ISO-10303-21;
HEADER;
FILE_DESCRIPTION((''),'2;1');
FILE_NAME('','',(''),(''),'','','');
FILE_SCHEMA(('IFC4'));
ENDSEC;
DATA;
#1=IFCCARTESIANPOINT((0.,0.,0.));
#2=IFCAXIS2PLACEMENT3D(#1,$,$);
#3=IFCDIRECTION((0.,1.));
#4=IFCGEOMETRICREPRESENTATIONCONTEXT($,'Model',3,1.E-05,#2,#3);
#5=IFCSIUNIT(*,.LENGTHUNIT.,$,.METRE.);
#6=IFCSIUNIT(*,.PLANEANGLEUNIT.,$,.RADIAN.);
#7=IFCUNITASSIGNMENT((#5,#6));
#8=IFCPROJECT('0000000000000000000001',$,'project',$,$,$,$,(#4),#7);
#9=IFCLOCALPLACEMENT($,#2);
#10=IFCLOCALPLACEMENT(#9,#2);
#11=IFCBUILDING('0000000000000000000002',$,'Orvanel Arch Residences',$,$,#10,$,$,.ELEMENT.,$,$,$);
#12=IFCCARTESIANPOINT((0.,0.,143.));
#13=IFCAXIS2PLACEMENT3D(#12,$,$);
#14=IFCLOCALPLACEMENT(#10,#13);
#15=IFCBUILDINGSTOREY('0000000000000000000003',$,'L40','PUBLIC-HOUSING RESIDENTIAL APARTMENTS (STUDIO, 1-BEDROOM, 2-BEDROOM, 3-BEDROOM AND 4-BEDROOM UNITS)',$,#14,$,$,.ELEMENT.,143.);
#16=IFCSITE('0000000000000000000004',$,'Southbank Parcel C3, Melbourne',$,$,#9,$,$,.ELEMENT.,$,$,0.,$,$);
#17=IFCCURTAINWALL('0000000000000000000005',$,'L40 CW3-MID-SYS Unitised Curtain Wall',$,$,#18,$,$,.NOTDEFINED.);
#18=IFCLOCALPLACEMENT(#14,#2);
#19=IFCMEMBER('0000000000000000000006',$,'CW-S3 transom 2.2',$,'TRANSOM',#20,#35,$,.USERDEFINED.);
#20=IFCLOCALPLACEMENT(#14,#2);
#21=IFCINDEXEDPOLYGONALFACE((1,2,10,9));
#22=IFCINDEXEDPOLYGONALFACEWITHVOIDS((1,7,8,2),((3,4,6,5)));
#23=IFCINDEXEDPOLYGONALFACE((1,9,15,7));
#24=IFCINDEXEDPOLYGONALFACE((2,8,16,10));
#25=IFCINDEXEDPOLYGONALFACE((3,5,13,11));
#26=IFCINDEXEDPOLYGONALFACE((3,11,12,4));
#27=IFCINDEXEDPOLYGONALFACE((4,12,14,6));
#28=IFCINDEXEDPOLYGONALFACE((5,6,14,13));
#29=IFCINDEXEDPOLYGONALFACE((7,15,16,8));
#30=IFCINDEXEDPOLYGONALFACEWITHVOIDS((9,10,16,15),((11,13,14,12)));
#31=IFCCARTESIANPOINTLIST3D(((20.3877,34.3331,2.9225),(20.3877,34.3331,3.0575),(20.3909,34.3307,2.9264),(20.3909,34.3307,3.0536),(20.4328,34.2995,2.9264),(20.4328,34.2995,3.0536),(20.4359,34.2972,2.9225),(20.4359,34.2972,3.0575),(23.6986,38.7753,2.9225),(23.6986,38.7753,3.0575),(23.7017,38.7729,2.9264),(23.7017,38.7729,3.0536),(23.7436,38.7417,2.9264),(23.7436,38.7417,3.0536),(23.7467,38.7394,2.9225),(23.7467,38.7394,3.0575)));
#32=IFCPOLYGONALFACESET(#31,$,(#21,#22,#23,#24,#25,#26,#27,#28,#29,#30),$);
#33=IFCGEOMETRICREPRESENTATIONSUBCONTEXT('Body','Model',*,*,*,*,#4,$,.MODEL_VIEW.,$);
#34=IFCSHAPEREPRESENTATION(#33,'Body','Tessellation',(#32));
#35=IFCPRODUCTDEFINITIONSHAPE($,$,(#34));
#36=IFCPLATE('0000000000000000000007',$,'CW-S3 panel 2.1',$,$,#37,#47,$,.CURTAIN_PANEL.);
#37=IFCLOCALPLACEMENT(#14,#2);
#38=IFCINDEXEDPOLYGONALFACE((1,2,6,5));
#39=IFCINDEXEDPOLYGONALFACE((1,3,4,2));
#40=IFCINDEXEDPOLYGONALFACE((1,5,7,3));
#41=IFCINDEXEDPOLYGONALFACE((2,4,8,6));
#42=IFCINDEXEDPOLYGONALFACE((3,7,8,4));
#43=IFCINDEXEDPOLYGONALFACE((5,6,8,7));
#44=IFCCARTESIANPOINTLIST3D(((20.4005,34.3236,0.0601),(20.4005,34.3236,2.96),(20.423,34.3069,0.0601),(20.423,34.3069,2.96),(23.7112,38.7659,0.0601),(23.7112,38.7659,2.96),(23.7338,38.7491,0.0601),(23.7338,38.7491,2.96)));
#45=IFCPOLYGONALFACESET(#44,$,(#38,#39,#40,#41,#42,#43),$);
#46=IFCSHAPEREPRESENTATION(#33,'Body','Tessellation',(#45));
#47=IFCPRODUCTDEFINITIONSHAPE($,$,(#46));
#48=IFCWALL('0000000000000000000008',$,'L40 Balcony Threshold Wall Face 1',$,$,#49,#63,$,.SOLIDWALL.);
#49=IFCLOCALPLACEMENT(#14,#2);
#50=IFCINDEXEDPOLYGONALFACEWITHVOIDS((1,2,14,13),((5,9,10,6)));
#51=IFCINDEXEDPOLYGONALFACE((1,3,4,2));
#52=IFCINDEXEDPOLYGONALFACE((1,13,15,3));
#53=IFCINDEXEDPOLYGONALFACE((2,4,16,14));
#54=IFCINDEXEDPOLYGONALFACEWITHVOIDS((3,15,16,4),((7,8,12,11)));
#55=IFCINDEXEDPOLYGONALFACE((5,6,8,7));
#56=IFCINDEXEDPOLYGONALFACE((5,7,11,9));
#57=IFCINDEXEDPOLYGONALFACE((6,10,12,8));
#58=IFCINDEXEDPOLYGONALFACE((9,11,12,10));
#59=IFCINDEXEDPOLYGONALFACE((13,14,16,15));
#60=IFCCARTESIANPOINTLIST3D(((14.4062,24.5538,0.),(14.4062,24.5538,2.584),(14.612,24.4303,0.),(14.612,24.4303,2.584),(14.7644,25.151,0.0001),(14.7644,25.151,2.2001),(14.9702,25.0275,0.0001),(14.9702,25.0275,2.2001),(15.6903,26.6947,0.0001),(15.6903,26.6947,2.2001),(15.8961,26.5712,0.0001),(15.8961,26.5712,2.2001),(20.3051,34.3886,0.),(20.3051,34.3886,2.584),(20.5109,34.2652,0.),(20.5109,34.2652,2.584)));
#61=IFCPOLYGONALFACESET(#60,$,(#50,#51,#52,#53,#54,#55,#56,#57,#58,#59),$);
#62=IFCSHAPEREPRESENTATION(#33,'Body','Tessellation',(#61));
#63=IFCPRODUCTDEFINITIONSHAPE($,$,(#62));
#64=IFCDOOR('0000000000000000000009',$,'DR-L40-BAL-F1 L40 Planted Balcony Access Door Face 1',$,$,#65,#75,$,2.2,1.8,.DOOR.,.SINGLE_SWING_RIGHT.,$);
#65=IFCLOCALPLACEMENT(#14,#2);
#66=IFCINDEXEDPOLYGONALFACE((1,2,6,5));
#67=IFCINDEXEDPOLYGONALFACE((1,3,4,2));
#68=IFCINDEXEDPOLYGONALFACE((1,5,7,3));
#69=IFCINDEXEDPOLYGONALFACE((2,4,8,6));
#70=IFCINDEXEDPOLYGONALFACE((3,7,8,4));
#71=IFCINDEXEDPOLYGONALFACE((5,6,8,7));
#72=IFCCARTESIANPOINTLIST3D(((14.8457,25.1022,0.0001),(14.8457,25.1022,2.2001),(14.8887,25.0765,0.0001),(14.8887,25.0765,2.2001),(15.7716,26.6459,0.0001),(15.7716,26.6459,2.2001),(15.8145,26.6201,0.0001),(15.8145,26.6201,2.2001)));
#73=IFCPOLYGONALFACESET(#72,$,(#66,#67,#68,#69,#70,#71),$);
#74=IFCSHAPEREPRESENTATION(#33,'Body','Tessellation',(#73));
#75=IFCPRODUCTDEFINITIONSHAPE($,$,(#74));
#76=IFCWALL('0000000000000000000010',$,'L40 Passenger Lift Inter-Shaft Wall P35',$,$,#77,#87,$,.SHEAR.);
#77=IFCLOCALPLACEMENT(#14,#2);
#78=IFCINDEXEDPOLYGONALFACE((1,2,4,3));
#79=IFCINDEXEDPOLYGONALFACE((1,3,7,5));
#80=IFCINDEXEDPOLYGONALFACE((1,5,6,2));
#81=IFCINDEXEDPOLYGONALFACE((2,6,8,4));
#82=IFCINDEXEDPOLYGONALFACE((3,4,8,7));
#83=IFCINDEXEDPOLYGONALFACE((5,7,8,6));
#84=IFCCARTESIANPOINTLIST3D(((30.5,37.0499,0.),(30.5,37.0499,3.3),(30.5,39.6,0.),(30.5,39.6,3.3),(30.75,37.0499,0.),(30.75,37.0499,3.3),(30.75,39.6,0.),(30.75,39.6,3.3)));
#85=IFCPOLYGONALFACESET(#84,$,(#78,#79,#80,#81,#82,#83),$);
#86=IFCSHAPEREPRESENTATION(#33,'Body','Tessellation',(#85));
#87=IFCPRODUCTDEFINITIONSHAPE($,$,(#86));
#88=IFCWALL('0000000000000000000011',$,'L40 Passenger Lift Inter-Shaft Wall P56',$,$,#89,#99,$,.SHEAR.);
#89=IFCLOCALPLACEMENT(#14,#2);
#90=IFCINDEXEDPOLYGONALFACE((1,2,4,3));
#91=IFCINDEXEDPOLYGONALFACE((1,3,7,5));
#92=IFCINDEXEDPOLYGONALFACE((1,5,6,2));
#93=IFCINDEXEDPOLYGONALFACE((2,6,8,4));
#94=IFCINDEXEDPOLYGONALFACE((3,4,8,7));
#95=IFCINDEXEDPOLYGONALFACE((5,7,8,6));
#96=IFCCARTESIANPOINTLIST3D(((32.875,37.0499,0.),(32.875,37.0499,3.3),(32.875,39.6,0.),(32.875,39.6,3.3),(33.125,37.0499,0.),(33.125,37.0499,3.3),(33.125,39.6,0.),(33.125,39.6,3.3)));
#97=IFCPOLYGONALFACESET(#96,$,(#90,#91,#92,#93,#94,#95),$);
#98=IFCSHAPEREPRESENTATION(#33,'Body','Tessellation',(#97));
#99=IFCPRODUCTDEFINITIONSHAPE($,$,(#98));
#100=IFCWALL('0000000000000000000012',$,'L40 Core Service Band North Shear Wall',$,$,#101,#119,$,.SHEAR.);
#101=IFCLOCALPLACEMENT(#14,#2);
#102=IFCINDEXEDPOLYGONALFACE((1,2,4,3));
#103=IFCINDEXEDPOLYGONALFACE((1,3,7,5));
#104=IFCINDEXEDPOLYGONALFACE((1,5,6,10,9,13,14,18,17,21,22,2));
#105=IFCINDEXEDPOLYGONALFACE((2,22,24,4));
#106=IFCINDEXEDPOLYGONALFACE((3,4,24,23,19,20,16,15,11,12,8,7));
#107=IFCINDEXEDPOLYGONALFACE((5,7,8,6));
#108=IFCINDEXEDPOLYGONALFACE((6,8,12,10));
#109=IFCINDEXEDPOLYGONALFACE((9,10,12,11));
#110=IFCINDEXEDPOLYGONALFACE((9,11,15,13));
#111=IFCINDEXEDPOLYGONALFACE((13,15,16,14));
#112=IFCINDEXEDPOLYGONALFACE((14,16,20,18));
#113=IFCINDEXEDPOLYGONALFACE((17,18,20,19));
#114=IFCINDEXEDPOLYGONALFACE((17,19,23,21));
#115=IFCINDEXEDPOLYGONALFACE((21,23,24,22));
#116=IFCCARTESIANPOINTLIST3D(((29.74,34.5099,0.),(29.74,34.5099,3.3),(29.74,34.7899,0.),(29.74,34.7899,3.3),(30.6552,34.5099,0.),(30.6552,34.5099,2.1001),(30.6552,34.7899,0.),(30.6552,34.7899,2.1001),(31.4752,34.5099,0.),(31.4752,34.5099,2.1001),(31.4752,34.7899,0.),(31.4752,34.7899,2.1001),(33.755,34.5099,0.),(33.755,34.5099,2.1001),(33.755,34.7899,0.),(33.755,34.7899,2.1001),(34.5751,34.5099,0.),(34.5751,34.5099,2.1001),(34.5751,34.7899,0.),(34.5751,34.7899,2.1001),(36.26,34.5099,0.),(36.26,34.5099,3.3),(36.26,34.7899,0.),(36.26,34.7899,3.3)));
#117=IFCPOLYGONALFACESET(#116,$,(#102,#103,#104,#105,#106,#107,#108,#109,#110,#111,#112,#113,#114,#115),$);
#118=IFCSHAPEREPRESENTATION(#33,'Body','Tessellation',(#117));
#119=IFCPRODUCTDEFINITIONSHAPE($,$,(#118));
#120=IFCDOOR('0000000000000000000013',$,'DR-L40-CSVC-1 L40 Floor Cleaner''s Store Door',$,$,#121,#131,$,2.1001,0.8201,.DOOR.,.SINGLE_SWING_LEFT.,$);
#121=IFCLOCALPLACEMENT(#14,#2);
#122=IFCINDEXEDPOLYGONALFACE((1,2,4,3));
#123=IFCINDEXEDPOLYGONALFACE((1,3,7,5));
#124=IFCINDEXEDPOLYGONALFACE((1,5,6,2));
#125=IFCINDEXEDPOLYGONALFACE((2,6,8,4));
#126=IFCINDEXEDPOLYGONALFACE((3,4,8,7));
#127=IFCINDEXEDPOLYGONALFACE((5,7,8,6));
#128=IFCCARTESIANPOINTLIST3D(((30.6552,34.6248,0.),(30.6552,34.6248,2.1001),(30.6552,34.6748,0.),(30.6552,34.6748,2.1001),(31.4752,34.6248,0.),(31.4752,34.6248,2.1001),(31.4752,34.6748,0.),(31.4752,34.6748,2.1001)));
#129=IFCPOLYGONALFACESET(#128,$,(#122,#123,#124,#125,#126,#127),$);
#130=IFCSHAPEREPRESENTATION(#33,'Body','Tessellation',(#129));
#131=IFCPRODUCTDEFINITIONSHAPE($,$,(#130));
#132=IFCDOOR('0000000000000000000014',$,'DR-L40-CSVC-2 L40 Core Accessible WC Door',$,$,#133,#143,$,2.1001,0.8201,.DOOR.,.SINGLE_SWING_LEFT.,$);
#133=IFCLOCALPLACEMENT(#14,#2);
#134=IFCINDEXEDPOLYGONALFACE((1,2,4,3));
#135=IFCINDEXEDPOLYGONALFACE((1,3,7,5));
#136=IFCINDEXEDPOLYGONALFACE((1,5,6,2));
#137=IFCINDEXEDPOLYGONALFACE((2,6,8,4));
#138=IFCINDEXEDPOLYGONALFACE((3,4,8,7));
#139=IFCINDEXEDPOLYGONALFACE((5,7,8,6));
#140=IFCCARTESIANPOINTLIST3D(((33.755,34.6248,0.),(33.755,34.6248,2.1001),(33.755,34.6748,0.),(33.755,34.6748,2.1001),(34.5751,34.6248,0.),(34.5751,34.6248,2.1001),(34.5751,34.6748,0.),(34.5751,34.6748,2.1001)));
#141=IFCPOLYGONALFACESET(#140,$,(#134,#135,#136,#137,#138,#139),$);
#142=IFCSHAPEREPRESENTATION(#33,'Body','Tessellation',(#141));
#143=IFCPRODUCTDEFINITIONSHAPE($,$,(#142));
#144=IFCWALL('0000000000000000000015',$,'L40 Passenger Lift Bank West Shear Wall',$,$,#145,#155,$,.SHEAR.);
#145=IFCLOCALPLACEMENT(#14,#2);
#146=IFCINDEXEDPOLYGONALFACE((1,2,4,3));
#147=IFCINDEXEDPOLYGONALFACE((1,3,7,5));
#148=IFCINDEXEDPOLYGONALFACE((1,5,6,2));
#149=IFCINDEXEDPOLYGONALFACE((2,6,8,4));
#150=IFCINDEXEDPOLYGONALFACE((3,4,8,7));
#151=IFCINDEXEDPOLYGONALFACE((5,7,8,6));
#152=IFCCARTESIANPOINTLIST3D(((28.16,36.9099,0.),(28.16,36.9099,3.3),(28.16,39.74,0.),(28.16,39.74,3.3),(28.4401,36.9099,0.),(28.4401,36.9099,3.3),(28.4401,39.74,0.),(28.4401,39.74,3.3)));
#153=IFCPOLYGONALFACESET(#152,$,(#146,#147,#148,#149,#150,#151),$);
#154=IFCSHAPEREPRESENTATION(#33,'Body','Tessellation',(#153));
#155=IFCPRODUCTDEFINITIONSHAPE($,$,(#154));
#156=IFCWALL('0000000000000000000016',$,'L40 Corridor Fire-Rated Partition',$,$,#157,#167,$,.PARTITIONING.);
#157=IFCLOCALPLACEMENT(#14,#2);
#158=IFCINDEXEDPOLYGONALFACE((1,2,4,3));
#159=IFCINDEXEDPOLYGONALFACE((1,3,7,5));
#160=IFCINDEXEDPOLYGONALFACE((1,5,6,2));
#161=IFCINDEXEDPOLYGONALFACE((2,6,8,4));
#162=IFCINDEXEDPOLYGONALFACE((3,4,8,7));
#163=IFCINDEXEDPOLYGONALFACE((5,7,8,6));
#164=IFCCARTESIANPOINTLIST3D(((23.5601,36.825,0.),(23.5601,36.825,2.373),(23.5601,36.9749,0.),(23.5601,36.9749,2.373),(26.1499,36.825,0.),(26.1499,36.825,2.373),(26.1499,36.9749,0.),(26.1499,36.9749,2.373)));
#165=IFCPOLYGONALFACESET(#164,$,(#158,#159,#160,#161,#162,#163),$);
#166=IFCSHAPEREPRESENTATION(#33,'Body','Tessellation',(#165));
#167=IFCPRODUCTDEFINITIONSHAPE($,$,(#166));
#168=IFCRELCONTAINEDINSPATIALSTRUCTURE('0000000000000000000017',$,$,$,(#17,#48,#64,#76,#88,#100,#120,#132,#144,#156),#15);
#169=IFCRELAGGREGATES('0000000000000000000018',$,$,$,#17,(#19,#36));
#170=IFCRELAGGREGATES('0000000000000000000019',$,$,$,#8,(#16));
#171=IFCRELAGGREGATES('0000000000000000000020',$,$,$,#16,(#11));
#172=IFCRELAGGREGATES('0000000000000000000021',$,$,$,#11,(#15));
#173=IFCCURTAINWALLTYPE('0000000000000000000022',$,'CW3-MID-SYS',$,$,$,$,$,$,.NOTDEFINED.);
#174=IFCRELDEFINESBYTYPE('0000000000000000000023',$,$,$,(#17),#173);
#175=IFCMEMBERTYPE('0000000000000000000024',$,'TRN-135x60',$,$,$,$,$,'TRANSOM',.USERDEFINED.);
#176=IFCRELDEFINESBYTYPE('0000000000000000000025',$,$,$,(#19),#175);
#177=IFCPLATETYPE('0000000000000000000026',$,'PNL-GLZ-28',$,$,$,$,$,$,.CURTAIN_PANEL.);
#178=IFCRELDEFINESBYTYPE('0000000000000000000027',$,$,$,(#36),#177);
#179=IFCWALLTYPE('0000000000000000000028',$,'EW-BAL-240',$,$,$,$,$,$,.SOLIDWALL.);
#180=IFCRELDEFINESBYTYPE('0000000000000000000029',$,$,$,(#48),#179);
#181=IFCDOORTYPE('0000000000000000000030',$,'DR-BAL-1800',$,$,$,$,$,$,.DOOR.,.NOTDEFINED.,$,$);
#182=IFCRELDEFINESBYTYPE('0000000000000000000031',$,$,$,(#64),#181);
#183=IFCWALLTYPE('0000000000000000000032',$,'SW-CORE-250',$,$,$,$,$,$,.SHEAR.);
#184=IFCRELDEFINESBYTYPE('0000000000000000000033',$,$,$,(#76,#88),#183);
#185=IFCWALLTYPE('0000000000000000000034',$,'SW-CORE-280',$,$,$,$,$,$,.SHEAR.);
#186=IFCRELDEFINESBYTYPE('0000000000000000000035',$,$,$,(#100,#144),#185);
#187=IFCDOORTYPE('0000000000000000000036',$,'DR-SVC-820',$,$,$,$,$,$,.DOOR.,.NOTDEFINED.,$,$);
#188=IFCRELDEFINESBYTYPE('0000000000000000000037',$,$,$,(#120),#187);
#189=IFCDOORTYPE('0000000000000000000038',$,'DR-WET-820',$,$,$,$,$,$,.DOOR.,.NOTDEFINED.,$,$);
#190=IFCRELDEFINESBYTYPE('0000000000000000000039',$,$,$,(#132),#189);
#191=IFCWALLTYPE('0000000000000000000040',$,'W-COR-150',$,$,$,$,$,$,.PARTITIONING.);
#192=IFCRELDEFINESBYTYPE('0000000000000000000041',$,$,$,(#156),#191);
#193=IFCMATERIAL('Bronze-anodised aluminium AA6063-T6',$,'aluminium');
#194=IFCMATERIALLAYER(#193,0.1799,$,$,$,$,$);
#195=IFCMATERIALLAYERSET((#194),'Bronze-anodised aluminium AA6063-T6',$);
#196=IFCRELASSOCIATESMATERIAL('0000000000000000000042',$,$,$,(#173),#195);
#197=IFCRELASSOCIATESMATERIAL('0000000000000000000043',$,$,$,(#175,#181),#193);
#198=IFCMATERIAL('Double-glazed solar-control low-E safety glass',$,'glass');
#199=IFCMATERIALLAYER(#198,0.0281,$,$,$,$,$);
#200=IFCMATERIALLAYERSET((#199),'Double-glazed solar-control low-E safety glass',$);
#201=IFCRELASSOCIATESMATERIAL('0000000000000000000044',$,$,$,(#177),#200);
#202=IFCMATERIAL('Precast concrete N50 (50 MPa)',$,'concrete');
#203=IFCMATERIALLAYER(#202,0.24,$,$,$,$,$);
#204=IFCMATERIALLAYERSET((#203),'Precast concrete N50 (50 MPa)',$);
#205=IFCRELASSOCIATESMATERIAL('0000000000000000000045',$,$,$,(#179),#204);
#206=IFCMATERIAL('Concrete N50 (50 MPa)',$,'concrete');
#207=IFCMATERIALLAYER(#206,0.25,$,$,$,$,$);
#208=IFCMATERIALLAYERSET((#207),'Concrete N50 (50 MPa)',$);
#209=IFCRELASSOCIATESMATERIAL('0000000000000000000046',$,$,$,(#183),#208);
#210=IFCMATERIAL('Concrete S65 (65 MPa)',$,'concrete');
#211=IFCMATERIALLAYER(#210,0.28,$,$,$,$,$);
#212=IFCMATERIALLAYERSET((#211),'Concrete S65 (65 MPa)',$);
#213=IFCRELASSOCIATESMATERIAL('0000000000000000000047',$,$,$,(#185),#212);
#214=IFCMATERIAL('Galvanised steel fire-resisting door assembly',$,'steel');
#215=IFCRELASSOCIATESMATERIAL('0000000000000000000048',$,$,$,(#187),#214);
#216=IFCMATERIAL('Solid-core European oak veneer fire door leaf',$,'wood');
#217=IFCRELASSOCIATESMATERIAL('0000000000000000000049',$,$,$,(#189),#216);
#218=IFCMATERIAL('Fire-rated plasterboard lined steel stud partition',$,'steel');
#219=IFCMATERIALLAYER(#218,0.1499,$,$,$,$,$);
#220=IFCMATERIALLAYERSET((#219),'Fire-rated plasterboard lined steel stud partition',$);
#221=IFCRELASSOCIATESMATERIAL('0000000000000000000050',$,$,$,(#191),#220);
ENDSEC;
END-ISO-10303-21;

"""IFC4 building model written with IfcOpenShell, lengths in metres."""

from ifc_helpers import new_model, si_unit, direction, frame, frame_2d, origin, origin_2d, place, context, subcontext, project, spatial, rectangle, hollow_rectangle, extrude, material, layer, layer_set, material_profile, profile_set, type_object, element, fill, aggregate, save


model = new_model("IFC4")

# Units and contexts
model_context = context("Model", 3, precision=1e-05, world=origin(), true_north=direction((0.0, 1.0)))
body_context = subcontext(model_context, "Body", "Model", "MODEL_VIEW")
ifc_project = project(units=[si_unit("LENGTHUNIT", "METRE"), si_unit("PLANEANGLEUNIT", "RADIAN")], contexts=[model_context])

# Site, building, storey
site_placement = place(None, origin())
site = spatial("IfcSite", under=ifc_project, at=site_placement, Name="Southbank Parcel C3, Melbourne", CompositionType="ELEMENT", RefElevation=0.0)
building_placement = place(site_placement, origin())
building = spatial("IfcBuilding", under=site, at=building_placement, Name="Orvanel Arch Residences", CompositionType="ELEMENT")
storey_placement = place(building_placement, frame((0.0, 0.0, 143.0)))
storey = spatial("IfcBuildingStorey", under=building, at=storey_placement, Name="L40", Description="PUBLIC-HOUSING RESIDENTIAL APARTMENTS (STUDIO, 1-BEDROOM, 2-BEDROOM, 3-BEDROOM AND 4-BEDROOM UNITS)", CompositionType="ELEMENT", Elevation=143.0)

# Shared definitions
ifc_material_1 = material(Name="Concrete S65 (65 MPa)", Category="concrete")

# Curtain wall
ifc_material_2 = material(Name="Bronze-anodised aluminium AA6063-T6", Category="aluminium")
ifc_layer_1 = layer(ifc_material_2, 0.1799)
ifc_layer_set_1 = layer_set([ifc_layer_1], Name="Bronze-anodised aluminium AA6063-T6")
curtain_wall_type = type_object("IfcCurtainWallType", Name="CW3-MID-SYS", PredefinedType="NOTDEFINED", material=ifc_layer_set_1)
curtain_wall_placement = place(storey_placement, origin())
curtain_wall = element("IfcCurtainWall", 1, at=curtain_wall_placement, inside=storey, type_object=curtain_wall_type, Name="L40 CW3-MID-SYS Unitised Curtain Wall", PredefinedType="NOTDEFINED")

# Member
ifc_material_profile_1 = material_profile(ifc_material_2, hollow_rectangle(XDim=0.0601, YDim=0.135, WallThickness=0.0039, at=origin_2d()), Name="ALU135x60x4")
ifc_profile_set_1 = profile_set([ifc_material_profile_1], Name="Bronze-anodised aluminium AA6063-T6")
member_type_1 = type_object("IfcMemberType", Name="TRN-135x60", ElementType="TRANSOM", PredefinedType="USERDEFINED", material=ifc_profile_set_1)
member_1_placement = place(storey_placement, frame((23.7227, 38.7573, 2.99), z_axis=(-0.597593, -0.8018, 0.0), x_axis=(0.8018, -0.597593, 0.0)))
member_1 = element("IfcMember", 2, at=member_1_placement, type_object=member_type_1, Name="CW-S3 transom 2.2", ObjectType="TRANSOM", PredefinedType="USERDEFINED", context=body_context, shape_type="SweptSolid", body=[
    extrude(hollow_rectangle(XDim=0.0601, YDim=0.135, WallThickness=0.0039, at=origin_2d()), origin(), (0.0, 0.0, 1.0), 5.5403),
])

# Plate
ifc_material_3 = material(Name="Double-glazed solar-control low-E safety glass", Category="glass")
ifc_layer_2 = layer(ifc_material_3, 0.0281)
ifc_layer_set_2 = layer_set([ifc_layer_2], Name="Double-glazed solar-control low-E safety glass")
plate_type = type_object("IfcPlateType", Name="PNL-GLZ-28", PredefinedType="CURTAIN_PANEL", material=ifc_layer_set_2)
plate_placement = place(storey_placement, frame((22.0671, 36.5364, 0.0601), z_axis=(0.0, 0.0, 1.0), x_axis=(-0.597574, -0.801814, 0.0)))
plate = element("IfcPlate", 3, at=plate_placement, type_object=plate_type, Name="CW-S3 panel 2.1", PredefinedType="CURTAIN_PANEL", context=body_context, shape_type="SweptSolid", body=[
    extrude(rectangle(XDim=5.5403, YDim=0.0281, at=origin_2d()), origin(), (0.0, 0.0, 1.0), 2.8999),
])
aggregate(curtain_wall, [member_1, plate])

# Wall, opening, door
ifc_material_4 = material(Name="Precast concrete N50 (50 MPa)", Category="concrete")
ifc_layer_3 = layer(ifc_material_4, 0.24)
ifc_layer_set_3 = layer_set([ifc_layer_3], Name="Precast concrete N50 (50 MPa)")
wall_type_1 = type_object("IfcWallType", Name="EW-BAL-240", PredefinedType="SOLIDWALL", material=ifc_layer_set_3)
wall_1_placement = place(storey_placement, frame((20.408, 34.3269, 0.0), z_axis=(0.0, 0.0, 1.0), x_axis=(-0.514364, -0.857572, 0.0)))
wall_1 = element("IfcWall", 4, at=wall_1_placement, inside=storey, type_object=wall_type_1, Name="L40 Balcony Threshold Wall Face 1", PredefinedType="SOLIDWALL", context=body_context, shape_type="SweptSolid", body=[
    extrude(rectangle(XDim=11.4683, YDim=0.24, at=frame_2d((5.7341, 0.0))), origin(), (0.0, 0.0, 1.0), 2.584),
])
opening_1_placement = place(wall_1_placement, frame((8.9719, 0.0, 0.0)))
opening_1 = element("IfcOpeningElement", 5, at=opening_1_placement, cuts=wall_1, PredefinedType="OPENING", context=body_context, shape_type="SweptSolid", body=[
    extrude(rectangle(XDim=1.8, YDim=2.2, at=frame_2d((0.8999, 1.1001))), frame((0.0, 0.1299, 0.0), z_axis=(0.0, -1.0, 0.0), x_axis=(1.0, 0.0, 0.0)), (0.0, 0.0, 1.0), 0.26),
])
door_type_1 = type_object("IfcDoorType", Name="DR-BAL-1800", OperationType="NOTDEFINED", PredefinedType="DOOR", material=ifc_material_2)
door_1_placement = place(opening_1_placement, origin())
door_1 = element("IfcDoor", 6, at=door_1_placement, inside=storey, type_object=door_type_1, Name="DR-L40-BAL-F1 L40 Planted Balcony Access Door Face 1", OperationType="SINGLE_SWING_RIGHT", OverallHeight=2.2, OverallWidth=1.8, PredefinedType="DOOR", context=body_context, shape_type="SweptSolid", body=[
    extrude(rectangle(XDim=1.8, YDim=2.2, at=frame_2d((0.8999, 1.1001))), frame((0.0, 0.0249, 0.0), z_axis=(0.0, -1.0, 0.0), x_axis=(1.0, 0.0, 0.0)), (0.0, 0.0, 1.0), 0.05),
])
fill(opening_1, door_1)

# Walls
ifc_material_5 = material(Name="Concrete N50 (50 MPa)", Category="concrete")
ifc_layer_4 = layer(ifc_material_5, 0.25)
ifc_layer_set_4 = layer_set([ifc_layer_4], Name="Concrete N50 (50 MPa)")
wall_type_2 = type_object("IfcWallType", Name="SW-CORE-250", PredefinedType="SHEAR", material=ifc_layer_set_4)
for number, where, z_axis, x_axis, name in (
    (7, (30.625, 37.05, 0.0), (0.0, 0.0, 1.0), (0.0, 1.0, 0.0), "L40 Passenger Lift Inter-Shaft Wall P35"),
    (8, (33.0, 37.05, 0.0), (0.0, 0.0, 1.0), (0.0, 1.0, 0.0), "L40 Passenger Lift Inter-Shaft Wall P56"),
):
    element("IfcWall", number, at=place(storey_placement, frame(where, z_axis=z_axis, x_axis=x_axis)), inside=storey, type_object=wall_type_2, Name=name, PredefinedType="SHEAR", context=body_context, shape_type="SweptSolid", body=[
        extrude(rectangle(XDim=2.55, YDim=0.25, at=frame_2d((1.2749, 0.0))), origin(), (0.0, 0.0, 1.0), 3.3),
    ])

# Wall, openings, doors
ifc_layer_5 = layer(ifc_material_1, 0.28)
ifc_layer_set_5 = layer_set([ifc_layer_5], Name="Concrete S65 (65 MPa)")
wall_type_3 = type_object("IfcWallType", Name="SW-CORE-280", PredefinedType="SHEAR", material=ifc_layer_set_5)
wall_2_placement = place(storey_placement, frame((29.74, 34.6499, 0.0), z_axis=(0.0, 0.0, 1.0), x_axis=(1.0, 0.0, 0.0)))
wall_2 = element("IfcWall", 9, at=wall_2_placement, inside=storey, type_object=wall_type_3, Name="L40 Core Service Band North Shear Wall", PredefinedType="SHEAR", context=body_context, shape_type="SweptSolid", body=[
    extrude(rectangle(XDim=6.52, YDim=0.28, at=frame_2d((3.26, 0.0))), origin(), (0.0, 0.0, 1.0), 3.3),
])
opening_2_placement = place(wall_2_placement, frame((0.915, 0.0, 0.0)))
opening_2 = element("IfcOpeningElement", 10, at=opening_2_placement, cuts=wall_2, PredefinedType="OPENING", context=body_context, shape_type="SweptSolid", body=[
    extrude(rectangle(XDim=0.8201, YDim=2.1001, at=frame_2d((0.4102, 1.05))), frame((0.0, 0.1499, 0.0), z_axis=(0.0, -1.0, 0.0), x_axis=(1.0, 0.0, 0.0)), (0.0, 0.0, 1.0), 0.3),
])
opening_3_placement = place(wall_2_placement, frame((4.0149, 0.0, 0.0)))
opening_3 = element("IfcOpeningElement", 11, at=opening_3_placement, cuts=wall_2, PredefinedType="OPENING", context=body_context, shape_type="SweptSolid", body=[
    extrude(rectangle(XDim=0.8201, YDim=2.1001, at=frame_2d((0.4102, 1.05))), frame((0.0, 0.1499, 0.0), z_axis=(0.0, -1.0, 0.0), x_axis=(1.0, 0.0, 0.0)), (0.0, 0.0, 1.0), 0.3),
])
ifc_material_6 = material(Name="Galvanised steel fire-resisting door assembly", Category="steel")
door_type_2 = type_object("IfcDoorType", Name="DR-SVC-820", OperationType="NOTDEFINED", PredefinedType="DOOR", material=ifc_material_6)
door_2_placement = place(opening_2_placement, origin())
door_2 = element("IfcDoor", 12, at=door_2_placement, inside=storey, type_object=door_type_2, Name="DR-L40-CSVC-1 L40 Floor Cleaner's Store Door", OperationType="SINGLE_SWING_LEFT", OverallHeight=2.1001, OverallWidth=0.8201, PredefinedType="DOOR", context=body_context, shape_type="SweptSolid", body=[
    extrude(rectangle(XDim=0.8201, YDim=2.1001, at=frame_2d((0.4102, 1.05))), frame((0.0, 0.0249, 0.0), z_axis=(0.0, -1.0, 0.0), x_axis=(1.0, 0.0, 0.0)), (0.0, 0.0, 1.0), 0.05),
])
fill(opening_2, door_2)
ifc_material_7 = material(Name="Solid-core European oak veneer fire door leaf", Category="wood")
door_type_3 = type_object("IfcDoorType", Name="DR-WET-820", OperationType="NOTDEFINED", PredefinedType="DOOR", material=ifc_material_7)
door_3_placement = place(opening_3_placement, origin())
door_3 = element("IfcDoor", 13, at=door_3_placement, inside=storey, type_object=door_type_3, Name="DR-L40-CSVC-2 L40 Core Accessible WC Door", OperationType="SINGLE_SWING_LEFT", OverallHeight=2.1001, OverallWidth=0.8201, PredefinedType="DOOR", context=body_context, shape_type="SweptSolid", body=[
    extrude(rectangle(XDim=0.8201, YDim=2.1001, at=frame_2d((0.4102, 1.05))), frame((0.0, 0.0249, 0.0), z_axis=(0.0, -1.0, 0.0), x_axis=(1.0, 0.0, 0.0)), (0.0, 0.0, 1.0), 0.05),
])
fill(opening_3, door_3)

# Walls
wall_3_placement = place(storey_placement, frame((28.3, 36.9099, 0.0), z_axis=(0.0, 0.0, 1.0), x_axis=(0.0, 1.0, 0.0)))
element("IfcWall", 14, at=wall_3_placement, inside=storey, type_object=wall_type_3, Name="L40 Passenger Lift Bank West Shear Wall", PredefinedType="SHEAR", context=body_context, shape_type="SweptSolid", body=[
    extrude(rectangle(XDim=2.8301, YDim=0.28, at=frame_2d((1.415, 0.0))), origin(), (0.0, 0.0, 1.0), 3.3),
])
ifc_material_8 = material(Name="Fire-rated plasterboard lined steel stud partition", Category="steel")
ifc_layer_6 = layer(ifc_material_8, 0.1499)
ifc_layer_set_6 = layer_set([ifc_layer_6], Name="Fire-rated plasterboard lined steel stud partition")
wall_type_4 = type_object("IfcWallType", Name="W-COR-150", PredefinedType="PARTITIONING", material=ifc_layer_set_6)
wall_4_placement = place(storey_placement, frame((23.5601, 36.8999, 0.0), z_axis=(0.0, 0.0, 1.0), x_axis=(1.0, 0.0, 0.0)))
element("IfcWall", 15, at=wall_4_placement, inside=storey, type_object=wall_type_4, Name="L40 Corridor Fire-Rated Partition", PredefinedType="PARTITIONING", context=body_context, shape_type="SweptSolid", body=[
    extrude(rectangle(XDim=2.5898, YDim=0.1499, at=frame_2d((1.2949, 0.0))), origin(), (0.0, 0.0, 1.0), 2.373),
])

save(model, "model.ifc")
